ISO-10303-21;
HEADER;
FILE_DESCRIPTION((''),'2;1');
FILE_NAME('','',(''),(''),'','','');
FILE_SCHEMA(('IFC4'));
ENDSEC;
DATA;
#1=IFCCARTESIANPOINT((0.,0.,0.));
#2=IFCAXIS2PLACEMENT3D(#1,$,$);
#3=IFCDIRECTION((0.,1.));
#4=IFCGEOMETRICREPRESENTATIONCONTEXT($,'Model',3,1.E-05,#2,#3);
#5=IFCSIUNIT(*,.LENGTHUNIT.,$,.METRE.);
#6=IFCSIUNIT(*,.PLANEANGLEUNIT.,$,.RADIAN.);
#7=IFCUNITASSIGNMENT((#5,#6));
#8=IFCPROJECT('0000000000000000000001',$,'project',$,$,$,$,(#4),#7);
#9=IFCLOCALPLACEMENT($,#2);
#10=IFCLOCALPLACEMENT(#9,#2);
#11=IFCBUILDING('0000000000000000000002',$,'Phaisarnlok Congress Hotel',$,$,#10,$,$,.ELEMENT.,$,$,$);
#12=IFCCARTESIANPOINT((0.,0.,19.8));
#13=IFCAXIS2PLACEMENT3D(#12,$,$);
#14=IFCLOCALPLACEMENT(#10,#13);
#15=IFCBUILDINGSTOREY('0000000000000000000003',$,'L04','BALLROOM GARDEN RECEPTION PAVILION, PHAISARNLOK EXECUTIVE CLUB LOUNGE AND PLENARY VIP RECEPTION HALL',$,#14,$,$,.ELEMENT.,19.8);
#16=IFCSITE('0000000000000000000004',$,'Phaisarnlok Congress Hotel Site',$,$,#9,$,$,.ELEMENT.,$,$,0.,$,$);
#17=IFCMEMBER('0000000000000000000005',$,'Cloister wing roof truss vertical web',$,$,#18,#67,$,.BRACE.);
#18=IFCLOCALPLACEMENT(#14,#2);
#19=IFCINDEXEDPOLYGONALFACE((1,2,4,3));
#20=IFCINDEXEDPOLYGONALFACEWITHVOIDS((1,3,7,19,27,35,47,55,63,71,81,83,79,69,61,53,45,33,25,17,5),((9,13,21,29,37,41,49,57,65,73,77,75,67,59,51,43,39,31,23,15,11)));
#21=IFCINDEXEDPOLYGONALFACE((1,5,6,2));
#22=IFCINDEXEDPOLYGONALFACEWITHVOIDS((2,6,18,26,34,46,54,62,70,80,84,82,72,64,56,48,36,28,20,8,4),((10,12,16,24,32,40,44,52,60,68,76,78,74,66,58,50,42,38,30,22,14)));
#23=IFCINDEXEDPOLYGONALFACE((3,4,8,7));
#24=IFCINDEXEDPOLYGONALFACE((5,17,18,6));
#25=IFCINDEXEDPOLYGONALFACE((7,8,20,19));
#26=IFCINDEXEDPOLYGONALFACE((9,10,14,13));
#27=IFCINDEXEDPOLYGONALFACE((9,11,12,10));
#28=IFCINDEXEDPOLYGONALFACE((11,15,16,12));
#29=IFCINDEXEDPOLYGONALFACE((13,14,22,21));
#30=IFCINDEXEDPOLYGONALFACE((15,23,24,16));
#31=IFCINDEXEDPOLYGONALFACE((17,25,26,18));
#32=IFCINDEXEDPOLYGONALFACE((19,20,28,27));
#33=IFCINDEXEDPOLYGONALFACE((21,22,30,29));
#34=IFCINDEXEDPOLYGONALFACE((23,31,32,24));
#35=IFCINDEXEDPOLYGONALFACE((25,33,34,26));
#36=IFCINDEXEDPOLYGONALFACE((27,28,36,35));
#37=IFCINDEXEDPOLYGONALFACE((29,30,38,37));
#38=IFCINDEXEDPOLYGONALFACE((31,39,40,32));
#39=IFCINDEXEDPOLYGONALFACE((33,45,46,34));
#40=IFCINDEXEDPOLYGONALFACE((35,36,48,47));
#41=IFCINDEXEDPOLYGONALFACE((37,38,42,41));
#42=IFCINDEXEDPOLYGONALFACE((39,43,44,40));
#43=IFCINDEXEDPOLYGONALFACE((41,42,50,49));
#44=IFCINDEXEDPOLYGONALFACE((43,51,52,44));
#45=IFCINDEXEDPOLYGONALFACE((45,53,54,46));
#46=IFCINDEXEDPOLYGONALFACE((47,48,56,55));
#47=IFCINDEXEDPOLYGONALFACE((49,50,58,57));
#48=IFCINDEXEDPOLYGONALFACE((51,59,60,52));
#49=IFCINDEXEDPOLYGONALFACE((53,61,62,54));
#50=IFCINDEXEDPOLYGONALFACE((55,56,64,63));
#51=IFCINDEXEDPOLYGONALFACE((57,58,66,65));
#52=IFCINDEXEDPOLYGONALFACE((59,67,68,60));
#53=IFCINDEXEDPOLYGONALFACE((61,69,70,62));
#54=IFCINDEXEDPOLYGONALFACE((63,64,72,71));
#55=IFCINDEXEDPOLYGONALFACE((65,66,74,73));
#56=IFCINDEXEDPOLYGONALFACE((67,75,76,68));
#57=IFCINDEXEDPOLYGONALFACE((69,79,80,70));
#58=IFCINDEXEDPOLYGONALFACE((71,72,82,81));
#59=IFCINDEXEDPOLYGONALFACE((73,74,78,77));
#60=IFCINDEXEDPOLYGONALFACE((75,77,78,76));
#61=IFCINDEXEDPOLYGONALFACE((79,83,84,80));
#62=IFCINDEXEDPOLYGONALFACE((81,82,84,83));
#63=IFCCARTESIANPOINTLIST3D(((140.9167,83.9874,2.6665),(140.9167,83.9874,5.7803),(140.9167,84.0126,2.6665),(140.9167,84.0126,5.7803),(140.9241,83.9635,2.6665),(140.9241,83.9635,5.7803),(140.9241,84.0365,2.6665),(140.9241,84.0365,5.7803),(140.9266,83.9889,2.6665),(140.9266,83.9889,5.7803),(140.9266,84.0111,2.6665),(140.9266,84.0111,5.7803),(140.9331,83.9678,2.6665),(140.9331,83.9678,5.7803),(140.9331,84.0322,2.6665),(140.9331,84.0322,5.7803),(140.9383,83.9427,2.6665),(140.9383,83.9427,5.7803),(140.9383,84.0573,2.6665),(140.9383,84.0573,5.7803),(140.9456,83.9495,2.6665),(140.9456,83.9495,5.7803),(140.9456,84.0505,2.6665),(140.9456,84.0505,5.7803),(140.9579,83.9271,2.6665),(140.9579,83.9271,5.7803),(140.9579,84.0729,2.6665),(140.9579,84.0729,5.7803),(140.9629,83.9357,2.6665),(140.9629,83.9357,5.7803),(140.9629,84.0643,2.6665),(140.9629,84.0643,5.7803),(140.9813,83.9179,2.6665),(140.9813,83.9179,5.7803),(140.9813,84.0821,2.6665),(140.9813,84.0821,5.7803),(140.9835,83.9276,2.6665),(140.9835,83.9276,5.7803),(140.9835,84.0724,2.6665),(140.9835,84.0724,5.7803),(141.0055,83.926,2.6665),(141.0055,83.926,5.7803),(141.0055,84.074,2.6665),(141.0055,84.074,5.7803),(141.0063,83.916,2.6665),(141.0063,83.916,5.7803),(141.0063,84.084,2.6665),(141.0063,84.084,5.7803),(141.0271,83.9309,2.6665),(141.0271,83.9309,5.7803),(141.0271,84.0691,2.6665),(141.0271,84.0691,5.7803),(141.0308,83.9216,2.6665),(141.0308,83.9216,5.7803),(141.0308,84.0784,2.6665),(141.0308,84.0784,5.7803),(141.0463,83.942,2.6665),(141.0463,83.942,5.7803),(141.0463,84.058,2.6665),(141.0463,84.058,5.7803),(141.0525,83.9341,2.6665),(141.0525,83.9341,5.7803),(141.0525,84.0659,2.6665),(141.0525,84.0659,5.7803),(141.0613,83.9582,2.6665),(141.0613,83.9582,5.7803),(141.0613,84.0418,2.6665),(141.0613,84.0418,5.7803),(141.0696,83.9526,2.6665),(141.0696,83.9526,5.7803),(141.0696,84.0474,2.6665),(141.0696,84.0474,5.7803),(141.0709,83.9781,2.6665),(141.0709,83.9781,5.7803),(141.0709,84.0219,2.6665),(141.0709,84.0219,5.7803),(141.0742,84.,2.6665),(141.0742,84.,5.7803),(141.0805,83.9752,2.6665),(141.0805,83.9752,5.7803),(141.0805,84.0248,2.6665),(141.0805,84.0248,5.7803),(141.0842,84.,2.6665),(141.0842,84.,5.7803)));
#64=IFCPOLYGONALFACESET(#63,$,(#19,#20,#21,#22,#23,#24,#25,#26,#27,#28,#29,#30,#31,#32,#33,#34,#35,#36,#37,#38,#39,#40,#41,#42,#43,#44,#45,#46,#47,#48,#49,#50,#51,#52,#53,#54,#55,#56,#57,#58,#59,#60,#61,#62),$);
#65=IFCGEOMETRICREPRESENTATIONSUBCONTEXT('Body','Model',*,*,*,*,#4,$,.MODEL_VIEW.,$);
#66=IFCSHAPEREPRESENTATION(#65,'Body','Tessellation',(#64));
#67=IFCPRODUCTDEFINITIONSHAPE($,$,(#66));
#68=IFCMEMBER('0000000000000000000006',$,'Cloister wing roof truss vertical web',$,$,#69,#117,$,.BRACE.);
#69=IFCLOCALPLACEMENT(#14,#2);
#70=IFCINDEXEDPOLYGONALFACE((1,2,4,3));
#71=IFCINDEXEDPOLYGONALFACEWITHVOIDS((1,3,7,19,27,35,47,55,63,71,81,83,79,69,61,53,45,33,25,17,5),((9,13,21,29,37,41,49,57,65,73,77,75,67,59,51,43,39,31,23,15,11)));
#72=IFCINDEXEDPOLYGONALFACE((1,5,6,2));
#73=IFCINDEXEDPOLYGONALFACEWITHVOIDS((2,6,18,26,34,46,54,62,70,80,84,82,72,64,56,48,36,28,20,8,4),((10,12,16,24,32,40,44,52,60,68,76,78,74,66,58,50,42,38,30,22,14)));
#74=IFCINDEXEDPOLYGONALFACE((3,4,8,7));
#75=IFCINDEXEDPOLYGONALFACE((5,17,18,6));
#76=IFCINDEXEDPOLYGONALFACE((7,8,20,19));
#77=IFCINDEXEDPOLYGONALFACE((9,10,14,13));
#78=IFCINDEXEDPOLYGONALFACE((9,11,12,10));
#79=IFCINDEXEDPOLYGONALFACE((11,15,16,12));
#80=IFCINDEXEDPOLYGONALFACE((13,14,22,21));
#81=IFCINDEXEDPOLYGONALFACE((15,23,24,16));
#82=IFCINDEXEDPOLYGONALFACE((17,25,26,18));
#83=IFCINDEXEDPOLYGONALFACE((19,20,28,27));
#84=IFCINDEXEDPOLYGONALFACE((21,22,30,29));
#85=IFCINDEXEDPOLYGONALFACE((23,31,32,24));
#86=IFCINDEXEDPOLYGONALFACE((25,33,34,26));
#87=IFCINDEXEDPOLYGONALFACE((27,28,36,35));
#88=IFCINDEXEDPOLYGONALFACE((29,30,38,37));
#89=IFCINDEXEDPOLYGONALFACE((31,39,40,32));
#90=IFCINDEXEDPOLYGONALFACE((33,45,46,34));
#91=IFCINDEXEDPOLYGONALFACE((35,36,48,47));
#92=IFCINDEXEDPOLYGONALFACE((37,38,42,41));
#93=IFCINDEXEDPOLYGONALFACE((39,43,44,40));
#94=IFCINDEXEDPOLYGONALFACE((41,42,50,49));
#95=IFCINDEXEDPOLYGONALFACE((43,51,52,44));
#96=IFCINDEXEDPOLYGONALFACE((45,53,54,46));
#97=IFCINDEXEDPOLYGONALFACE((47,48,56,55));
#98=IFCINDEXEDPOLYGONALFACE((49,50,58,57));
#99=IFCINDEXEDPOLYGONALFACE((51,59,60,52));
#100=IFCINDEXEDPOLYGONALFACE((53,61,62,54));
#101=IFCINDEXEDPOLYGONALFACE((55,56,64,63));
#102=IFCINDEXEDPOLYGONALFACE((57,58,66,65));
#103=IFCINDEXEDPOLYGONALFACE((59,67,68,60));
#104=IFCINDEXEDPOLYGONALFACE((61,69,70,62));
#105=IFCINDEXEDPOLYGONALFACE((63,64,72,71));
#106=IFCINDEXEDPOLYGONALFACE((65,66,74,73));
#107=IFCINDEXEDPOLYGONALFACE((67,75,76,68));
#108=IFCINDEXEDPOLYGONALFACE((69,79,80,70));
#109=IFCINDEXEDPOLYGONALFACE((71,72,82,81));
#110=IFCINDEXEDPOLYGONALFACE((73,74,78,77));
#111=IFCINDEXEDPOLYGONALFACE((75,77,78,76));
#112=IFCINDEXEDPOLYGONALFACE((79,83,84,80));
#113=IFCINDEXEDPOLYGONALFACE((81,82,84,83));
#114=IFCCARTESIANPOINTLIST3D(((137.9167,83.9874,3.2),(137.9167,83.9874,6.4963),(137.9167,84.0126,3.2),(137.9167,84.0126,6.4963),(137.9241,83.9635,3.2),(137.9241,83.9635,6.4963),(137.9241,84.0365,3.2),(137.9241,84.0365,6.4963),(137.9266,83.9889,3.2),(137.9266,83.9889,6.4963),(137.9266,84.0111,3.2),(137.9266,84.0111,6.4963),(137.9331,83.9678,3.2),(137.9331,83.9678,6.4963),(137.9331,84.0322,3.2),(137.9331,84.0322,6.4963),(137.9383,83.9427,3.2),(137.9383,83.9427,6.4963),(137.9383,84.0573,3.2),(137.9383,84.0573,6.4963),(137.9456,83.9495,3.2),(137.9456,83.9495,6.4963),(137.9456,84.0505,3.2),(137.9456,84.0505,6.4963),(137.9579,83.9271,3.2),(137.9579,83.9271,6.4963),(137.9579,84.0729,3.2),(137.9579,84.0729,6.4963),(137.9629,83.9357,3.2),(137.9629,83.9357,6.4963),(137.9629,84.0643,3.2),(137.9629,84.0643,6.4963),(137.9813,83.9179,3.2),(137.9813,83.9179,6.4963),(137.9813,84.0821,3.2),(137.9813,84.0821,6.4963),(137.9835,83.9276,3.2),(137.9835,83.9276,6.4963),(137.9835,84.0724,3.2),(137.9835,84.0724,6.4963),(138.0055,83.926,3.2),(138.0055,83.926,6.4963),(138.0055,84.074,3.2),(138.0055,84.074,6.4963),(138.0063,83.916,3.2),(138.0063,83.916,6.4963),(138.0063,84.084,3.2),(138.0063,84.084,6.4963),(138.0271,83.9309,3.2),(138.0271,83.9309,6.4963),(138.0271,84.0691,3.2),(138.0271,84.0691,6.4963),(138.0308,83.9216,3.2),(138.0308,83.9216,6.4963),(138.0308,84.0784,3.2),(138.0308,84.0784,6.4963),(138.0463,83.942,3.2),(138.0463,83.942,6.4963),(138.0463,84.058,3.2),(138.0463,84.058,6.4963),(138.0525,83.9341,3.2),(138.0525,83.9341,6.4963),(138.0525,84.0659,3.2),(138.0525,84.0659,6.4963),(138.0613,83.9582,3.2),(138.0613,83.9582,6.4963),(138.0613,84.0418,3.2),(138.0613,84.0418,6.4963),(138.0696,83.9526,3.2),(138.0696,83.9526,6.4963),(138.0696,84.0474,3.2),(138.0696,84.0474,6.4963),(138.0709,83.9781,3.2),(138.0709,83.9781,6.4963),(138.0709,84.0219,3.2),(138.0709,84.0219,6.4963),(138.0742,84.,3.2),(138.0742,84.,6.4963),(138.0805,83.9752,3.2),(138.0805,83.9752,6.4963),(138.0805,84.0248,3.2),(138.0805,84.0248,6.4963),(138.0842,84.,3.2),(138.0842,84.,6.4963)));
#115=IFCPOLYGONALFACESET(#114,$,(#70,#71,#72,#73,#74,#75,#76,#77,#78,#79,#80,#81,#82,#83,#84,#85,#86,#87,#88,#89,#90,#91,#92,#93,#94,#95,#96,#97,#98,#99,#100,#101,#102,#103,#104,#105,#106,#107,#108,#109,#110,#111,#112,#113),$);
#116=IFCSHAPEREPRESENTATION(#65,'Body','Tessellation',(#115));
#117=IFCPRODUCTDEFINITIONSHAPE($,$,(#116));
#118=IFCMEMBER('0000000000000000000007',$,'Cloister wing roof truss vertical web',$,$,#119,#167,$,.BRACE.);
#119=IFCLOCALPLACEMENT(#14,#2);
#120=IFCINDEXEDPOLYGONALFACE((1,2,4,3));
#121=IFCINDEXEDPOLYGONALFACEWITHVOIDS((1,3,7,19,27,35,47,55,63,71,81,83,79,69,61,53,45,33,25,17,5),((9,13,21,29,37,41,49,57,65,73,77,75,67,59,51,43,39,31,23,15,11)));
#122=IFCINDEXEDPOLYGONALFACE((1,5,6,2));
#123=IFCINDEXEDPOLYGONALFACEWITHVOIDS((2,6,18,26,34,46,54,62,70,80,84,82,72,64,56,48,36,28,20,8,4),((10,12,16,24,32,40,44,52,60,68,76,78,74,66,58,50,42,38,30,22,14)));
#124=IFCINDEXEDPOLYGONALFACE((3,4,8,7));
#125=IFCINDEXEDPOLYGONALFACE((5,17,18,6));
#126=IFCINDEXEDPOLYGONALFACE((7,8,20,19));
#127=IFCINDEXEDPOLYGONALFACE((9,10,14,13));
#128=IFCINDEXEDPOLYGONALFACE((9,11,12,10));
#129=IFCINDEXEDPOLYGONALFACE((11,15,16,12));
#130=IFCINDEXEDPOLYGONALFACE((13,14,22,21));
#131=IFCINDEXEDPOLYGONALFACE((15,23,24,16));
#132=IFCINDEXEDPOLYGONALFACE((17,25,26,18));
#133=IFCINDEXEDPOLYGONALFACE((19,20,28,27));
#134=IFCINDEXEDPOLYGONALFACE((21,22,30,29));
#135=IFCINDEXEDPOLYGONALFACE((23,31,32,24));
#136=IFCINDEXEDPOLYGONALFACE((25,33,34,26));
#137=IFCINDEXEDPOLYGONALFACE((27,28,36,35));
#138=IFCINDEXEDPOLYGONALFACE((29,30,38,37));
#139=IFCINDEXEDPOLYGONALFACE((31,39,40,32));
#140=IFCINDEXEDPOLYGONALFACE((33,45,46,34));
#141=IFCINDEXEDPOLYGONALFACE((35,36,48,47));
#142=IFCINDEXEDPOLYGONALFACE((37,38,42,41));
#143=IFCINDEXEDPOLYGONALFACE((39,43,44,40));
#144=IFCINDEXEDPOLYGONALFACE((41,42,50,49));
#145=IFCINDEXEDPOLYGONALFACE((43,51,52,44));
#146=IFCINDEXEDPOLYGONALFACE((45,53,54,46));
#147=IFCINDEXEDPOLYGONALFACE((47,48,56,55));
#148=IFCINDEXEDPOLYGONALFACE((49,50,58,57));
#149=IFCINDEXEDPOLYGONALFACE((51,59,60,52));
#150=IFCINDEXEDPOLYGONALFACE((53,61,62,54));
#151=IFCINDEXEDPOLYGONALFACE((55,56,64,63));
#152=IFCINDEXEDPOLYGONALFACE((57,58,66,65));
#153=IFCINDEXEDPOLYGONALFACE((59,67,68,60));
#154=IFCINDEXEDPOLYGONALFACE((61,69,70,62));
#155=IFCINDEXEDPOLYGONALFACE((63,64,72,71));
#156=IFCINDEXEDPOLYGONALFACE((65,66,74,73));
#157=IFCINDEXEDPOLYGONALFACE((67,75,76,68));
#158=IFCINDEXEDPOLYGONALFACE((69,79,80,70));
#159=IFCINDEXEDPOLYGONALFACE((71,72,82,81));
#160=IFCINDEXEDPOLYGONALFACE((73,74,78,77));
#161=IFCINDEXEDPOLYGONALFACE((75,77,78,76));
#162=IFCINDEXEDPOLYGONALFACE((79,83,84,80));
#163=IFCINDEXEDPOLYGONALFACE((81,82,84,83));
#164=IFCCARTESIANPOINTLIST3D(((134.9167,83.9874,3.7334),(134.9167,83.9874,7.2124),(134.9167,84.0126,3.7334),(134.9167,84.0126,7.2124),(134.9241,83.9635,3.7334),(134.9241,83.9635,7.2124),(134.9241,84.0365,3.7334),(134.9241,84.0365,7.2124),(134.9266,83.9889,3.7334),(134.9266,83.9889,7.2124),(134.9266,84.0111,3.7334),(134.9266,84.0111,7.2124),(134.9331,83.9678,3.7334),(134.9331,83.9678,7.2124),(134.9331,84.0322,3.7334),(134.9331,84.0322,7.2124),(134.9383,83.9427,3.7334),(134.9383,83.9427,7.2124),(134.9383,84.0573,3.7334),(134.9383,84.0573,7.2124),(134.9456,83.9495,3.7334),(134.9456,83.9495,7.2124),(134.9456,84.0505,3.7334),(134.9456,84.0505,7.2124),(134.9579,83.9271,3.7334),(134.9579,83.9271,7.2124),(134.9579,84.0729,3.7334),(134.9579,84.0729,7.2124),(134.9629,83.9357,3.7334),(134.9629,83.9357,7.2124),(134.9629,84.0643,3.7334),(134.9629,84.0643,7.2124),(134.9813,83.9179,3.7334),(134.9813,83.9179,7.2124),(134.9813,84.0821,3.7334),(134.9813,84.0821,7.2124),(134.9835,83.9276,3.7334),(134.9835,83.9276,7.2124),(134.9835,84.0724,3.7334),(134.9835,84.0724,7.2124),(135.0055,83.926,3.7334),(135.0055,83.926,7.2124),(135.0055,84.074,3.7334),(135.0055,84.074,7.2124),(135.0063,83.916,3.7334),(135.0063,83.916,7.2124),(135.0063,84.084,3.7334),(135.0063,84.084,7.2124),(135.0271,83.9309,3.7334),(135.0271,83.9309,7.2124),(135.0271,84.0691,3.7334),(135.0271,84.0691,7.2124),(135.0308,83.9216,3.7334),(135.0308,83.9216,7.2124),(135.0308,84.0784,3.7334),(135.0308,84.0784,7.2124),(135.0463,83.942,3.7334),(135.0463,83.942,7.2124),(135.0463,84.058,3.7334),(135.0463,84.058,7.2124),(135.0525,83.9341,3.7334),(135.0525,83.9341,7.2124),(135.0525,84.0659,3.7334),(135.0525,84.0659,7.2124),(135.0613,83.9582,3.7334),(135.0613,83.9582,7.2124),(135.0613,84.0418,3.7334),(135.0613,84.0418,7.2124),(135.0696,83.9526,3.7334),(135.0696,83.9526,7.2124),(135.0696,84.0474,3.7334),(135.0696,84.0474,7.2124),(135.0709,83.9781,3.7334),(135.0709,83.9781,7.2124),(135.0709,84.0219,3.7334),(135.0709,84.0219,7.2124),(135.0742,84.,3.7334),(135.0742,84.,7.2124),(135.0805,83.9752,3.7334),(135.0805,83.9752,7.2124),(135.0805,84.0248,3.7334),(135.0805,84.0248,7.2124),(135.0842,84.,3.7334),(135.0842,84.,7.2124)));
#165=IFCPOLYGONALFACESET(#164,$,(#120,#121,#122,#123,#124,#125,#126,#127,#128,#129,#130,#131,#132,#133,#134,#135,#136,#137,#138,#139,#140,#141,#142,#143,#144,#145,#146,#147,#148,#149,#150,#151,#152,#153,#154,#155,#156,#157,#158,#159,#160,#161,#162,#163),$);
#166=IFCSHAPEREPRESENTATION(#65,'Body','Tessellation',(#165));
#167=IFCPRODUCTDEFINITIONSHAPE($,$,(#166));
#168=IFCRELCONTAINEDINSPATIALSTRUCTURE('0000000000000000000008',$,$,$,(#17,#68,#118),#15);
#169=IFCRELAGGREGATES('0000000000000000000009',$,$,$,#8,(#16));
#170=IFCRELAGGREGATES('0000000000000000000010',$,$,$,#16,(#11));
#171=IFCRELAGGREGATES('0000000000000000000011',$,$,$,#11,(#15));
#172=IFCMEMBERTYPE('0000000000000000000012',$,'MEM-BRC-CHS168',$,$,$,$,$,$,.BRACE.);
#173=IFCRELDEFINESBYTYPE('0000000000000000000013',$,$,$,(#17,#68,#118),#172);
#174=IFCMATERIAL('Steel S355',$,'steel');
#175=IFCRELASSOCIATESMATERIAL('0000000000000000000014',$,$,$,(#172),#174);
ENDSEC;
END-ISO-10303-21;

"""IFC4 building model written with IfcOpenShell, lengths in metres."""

from ifc_helpers import new_model, si_unit, direction, frame, origin, origin_2d, place, context, subcontext, project, spatial, hollow_circle, extrude, material, material_profile, profile_set, type_object, element, save


model = new_model("IFC4")

# Units and contexts
model_context = context("Model", 3, precision=1e-05, world=origin(), true_north=direction((0.0, 1.0)))
body_context = subcontext(model_context, "Body", "Model", "MODEL_VIEW")
ifc_project = project(units=[si_unit("LENGTHUNIT", "METRE"), si_unit("PLANEANGLEUNIT", "RADIAN")], contexts=[model_context])

# Site, building, storey
site_placement = place(None, origin())
site = spatial("IfcSite", under=ifc_project, at=site_placement, Name="Phaisarnlok Congress Hotel Site", CompositionType="ELEMENT", RefElevation=0.0)
building_placement = place(site_placement, origin())
building = spatial("IfcBuilding", under=site, at=building_placement, Name="Phaisarnlok Congress Hotel", CompositionType="ELEMENT")
storey_placement = place(building_placement, frame((0.0, 0.0, 19.8)))
storey = spatial("IfcBuildingStorey", under=building, at=storey_placement, Name="L04", Description="BALLROOM GARDEN RECEPTION PAVILION, PHAISARNLOK EXECUTIVE CLUB LOUNGE AND PLENARY VIP RECEPTION HALL", CompositionType="ELEMENT", Elevation=19.8)

# Shared definitions
ifc_material_1 = material(Name="Steel S355", Category="steel")

# Members
ifc_material_profile_1 = material_profile(ifc_material_1, hollow_circle(Radius=0.0842, WallThickness=0.01, at=origin_2d()), Name="CHS 168.3x10")
ifc_profile_set_1 = profile_set([ifc_material_profile_1], Name="Steel S355")
member_type_1 = type_object("IfcMemberType", Name="MEM-BRC-CHS168", PredefinedType="BRACE", material=ifc_profile_set_1)
member_1_placement = place(storey_placement, frame((141.0, 84.0, 2.6665), z_axis=(0.0, 0.0, 1.0), x_axis=(1.0, 0.0, 0.0)))
element("IfcMember", 1, at=member_1_placement, inside=storey, type_object=member_type_1, Name="Cloister wing roof truss vertical web", PredefinedType="BRACE", context=body_context, shape_type="SweptSolid", body=[
    extrude(hollow_circle(Radius=0.0842, WallThickness=0.01, at=origin_2d()), origin(), (0.0, 0.0, 1.0), 3.1138),
])
member_2_placement = place(storey_placement, frame((138.0, 84.0, 3.2), z_axis=(0.0, 0.0, 1.0), x_axis=(1.0, 0.0, 0.0)))
element("IfcMember", 2, at=member_2_placement, inside=storey, type_object=member_type_1, Name="Cloister wing roof truss vertical web", PredefinedType="BRACE", context=body_context, shape_type="SweptSolid", body=[
    extrude(hollow_circle(Radius=0.0842, WallThickness=0.01, at=origin_2d()), origin(), (0.0, 0.0, 1.0), 3.2964),
])
member_3_placement = place(storey_placement, frame((135.0, 84.0, 3.7334), z_axis=(0.0, 0.0, 1.0), x_axis=(1.0, 0.0, 0.0)))
element("IfcMember", 3, at=member_3_placement, inside=storey, type_object=member_type_1, Name="Cloister wing roof truss vertical web", PredefinedType="BRACE", context=body_context, shape_type="SweptSolid", body=[
    extrude(hollow_circle(Radius=0.0842, WallThickness=0.01, at=origin_2d()), origin(), (0.0, 0.0, 1.0), 3.479),
])

save(model, "model.ifc")
